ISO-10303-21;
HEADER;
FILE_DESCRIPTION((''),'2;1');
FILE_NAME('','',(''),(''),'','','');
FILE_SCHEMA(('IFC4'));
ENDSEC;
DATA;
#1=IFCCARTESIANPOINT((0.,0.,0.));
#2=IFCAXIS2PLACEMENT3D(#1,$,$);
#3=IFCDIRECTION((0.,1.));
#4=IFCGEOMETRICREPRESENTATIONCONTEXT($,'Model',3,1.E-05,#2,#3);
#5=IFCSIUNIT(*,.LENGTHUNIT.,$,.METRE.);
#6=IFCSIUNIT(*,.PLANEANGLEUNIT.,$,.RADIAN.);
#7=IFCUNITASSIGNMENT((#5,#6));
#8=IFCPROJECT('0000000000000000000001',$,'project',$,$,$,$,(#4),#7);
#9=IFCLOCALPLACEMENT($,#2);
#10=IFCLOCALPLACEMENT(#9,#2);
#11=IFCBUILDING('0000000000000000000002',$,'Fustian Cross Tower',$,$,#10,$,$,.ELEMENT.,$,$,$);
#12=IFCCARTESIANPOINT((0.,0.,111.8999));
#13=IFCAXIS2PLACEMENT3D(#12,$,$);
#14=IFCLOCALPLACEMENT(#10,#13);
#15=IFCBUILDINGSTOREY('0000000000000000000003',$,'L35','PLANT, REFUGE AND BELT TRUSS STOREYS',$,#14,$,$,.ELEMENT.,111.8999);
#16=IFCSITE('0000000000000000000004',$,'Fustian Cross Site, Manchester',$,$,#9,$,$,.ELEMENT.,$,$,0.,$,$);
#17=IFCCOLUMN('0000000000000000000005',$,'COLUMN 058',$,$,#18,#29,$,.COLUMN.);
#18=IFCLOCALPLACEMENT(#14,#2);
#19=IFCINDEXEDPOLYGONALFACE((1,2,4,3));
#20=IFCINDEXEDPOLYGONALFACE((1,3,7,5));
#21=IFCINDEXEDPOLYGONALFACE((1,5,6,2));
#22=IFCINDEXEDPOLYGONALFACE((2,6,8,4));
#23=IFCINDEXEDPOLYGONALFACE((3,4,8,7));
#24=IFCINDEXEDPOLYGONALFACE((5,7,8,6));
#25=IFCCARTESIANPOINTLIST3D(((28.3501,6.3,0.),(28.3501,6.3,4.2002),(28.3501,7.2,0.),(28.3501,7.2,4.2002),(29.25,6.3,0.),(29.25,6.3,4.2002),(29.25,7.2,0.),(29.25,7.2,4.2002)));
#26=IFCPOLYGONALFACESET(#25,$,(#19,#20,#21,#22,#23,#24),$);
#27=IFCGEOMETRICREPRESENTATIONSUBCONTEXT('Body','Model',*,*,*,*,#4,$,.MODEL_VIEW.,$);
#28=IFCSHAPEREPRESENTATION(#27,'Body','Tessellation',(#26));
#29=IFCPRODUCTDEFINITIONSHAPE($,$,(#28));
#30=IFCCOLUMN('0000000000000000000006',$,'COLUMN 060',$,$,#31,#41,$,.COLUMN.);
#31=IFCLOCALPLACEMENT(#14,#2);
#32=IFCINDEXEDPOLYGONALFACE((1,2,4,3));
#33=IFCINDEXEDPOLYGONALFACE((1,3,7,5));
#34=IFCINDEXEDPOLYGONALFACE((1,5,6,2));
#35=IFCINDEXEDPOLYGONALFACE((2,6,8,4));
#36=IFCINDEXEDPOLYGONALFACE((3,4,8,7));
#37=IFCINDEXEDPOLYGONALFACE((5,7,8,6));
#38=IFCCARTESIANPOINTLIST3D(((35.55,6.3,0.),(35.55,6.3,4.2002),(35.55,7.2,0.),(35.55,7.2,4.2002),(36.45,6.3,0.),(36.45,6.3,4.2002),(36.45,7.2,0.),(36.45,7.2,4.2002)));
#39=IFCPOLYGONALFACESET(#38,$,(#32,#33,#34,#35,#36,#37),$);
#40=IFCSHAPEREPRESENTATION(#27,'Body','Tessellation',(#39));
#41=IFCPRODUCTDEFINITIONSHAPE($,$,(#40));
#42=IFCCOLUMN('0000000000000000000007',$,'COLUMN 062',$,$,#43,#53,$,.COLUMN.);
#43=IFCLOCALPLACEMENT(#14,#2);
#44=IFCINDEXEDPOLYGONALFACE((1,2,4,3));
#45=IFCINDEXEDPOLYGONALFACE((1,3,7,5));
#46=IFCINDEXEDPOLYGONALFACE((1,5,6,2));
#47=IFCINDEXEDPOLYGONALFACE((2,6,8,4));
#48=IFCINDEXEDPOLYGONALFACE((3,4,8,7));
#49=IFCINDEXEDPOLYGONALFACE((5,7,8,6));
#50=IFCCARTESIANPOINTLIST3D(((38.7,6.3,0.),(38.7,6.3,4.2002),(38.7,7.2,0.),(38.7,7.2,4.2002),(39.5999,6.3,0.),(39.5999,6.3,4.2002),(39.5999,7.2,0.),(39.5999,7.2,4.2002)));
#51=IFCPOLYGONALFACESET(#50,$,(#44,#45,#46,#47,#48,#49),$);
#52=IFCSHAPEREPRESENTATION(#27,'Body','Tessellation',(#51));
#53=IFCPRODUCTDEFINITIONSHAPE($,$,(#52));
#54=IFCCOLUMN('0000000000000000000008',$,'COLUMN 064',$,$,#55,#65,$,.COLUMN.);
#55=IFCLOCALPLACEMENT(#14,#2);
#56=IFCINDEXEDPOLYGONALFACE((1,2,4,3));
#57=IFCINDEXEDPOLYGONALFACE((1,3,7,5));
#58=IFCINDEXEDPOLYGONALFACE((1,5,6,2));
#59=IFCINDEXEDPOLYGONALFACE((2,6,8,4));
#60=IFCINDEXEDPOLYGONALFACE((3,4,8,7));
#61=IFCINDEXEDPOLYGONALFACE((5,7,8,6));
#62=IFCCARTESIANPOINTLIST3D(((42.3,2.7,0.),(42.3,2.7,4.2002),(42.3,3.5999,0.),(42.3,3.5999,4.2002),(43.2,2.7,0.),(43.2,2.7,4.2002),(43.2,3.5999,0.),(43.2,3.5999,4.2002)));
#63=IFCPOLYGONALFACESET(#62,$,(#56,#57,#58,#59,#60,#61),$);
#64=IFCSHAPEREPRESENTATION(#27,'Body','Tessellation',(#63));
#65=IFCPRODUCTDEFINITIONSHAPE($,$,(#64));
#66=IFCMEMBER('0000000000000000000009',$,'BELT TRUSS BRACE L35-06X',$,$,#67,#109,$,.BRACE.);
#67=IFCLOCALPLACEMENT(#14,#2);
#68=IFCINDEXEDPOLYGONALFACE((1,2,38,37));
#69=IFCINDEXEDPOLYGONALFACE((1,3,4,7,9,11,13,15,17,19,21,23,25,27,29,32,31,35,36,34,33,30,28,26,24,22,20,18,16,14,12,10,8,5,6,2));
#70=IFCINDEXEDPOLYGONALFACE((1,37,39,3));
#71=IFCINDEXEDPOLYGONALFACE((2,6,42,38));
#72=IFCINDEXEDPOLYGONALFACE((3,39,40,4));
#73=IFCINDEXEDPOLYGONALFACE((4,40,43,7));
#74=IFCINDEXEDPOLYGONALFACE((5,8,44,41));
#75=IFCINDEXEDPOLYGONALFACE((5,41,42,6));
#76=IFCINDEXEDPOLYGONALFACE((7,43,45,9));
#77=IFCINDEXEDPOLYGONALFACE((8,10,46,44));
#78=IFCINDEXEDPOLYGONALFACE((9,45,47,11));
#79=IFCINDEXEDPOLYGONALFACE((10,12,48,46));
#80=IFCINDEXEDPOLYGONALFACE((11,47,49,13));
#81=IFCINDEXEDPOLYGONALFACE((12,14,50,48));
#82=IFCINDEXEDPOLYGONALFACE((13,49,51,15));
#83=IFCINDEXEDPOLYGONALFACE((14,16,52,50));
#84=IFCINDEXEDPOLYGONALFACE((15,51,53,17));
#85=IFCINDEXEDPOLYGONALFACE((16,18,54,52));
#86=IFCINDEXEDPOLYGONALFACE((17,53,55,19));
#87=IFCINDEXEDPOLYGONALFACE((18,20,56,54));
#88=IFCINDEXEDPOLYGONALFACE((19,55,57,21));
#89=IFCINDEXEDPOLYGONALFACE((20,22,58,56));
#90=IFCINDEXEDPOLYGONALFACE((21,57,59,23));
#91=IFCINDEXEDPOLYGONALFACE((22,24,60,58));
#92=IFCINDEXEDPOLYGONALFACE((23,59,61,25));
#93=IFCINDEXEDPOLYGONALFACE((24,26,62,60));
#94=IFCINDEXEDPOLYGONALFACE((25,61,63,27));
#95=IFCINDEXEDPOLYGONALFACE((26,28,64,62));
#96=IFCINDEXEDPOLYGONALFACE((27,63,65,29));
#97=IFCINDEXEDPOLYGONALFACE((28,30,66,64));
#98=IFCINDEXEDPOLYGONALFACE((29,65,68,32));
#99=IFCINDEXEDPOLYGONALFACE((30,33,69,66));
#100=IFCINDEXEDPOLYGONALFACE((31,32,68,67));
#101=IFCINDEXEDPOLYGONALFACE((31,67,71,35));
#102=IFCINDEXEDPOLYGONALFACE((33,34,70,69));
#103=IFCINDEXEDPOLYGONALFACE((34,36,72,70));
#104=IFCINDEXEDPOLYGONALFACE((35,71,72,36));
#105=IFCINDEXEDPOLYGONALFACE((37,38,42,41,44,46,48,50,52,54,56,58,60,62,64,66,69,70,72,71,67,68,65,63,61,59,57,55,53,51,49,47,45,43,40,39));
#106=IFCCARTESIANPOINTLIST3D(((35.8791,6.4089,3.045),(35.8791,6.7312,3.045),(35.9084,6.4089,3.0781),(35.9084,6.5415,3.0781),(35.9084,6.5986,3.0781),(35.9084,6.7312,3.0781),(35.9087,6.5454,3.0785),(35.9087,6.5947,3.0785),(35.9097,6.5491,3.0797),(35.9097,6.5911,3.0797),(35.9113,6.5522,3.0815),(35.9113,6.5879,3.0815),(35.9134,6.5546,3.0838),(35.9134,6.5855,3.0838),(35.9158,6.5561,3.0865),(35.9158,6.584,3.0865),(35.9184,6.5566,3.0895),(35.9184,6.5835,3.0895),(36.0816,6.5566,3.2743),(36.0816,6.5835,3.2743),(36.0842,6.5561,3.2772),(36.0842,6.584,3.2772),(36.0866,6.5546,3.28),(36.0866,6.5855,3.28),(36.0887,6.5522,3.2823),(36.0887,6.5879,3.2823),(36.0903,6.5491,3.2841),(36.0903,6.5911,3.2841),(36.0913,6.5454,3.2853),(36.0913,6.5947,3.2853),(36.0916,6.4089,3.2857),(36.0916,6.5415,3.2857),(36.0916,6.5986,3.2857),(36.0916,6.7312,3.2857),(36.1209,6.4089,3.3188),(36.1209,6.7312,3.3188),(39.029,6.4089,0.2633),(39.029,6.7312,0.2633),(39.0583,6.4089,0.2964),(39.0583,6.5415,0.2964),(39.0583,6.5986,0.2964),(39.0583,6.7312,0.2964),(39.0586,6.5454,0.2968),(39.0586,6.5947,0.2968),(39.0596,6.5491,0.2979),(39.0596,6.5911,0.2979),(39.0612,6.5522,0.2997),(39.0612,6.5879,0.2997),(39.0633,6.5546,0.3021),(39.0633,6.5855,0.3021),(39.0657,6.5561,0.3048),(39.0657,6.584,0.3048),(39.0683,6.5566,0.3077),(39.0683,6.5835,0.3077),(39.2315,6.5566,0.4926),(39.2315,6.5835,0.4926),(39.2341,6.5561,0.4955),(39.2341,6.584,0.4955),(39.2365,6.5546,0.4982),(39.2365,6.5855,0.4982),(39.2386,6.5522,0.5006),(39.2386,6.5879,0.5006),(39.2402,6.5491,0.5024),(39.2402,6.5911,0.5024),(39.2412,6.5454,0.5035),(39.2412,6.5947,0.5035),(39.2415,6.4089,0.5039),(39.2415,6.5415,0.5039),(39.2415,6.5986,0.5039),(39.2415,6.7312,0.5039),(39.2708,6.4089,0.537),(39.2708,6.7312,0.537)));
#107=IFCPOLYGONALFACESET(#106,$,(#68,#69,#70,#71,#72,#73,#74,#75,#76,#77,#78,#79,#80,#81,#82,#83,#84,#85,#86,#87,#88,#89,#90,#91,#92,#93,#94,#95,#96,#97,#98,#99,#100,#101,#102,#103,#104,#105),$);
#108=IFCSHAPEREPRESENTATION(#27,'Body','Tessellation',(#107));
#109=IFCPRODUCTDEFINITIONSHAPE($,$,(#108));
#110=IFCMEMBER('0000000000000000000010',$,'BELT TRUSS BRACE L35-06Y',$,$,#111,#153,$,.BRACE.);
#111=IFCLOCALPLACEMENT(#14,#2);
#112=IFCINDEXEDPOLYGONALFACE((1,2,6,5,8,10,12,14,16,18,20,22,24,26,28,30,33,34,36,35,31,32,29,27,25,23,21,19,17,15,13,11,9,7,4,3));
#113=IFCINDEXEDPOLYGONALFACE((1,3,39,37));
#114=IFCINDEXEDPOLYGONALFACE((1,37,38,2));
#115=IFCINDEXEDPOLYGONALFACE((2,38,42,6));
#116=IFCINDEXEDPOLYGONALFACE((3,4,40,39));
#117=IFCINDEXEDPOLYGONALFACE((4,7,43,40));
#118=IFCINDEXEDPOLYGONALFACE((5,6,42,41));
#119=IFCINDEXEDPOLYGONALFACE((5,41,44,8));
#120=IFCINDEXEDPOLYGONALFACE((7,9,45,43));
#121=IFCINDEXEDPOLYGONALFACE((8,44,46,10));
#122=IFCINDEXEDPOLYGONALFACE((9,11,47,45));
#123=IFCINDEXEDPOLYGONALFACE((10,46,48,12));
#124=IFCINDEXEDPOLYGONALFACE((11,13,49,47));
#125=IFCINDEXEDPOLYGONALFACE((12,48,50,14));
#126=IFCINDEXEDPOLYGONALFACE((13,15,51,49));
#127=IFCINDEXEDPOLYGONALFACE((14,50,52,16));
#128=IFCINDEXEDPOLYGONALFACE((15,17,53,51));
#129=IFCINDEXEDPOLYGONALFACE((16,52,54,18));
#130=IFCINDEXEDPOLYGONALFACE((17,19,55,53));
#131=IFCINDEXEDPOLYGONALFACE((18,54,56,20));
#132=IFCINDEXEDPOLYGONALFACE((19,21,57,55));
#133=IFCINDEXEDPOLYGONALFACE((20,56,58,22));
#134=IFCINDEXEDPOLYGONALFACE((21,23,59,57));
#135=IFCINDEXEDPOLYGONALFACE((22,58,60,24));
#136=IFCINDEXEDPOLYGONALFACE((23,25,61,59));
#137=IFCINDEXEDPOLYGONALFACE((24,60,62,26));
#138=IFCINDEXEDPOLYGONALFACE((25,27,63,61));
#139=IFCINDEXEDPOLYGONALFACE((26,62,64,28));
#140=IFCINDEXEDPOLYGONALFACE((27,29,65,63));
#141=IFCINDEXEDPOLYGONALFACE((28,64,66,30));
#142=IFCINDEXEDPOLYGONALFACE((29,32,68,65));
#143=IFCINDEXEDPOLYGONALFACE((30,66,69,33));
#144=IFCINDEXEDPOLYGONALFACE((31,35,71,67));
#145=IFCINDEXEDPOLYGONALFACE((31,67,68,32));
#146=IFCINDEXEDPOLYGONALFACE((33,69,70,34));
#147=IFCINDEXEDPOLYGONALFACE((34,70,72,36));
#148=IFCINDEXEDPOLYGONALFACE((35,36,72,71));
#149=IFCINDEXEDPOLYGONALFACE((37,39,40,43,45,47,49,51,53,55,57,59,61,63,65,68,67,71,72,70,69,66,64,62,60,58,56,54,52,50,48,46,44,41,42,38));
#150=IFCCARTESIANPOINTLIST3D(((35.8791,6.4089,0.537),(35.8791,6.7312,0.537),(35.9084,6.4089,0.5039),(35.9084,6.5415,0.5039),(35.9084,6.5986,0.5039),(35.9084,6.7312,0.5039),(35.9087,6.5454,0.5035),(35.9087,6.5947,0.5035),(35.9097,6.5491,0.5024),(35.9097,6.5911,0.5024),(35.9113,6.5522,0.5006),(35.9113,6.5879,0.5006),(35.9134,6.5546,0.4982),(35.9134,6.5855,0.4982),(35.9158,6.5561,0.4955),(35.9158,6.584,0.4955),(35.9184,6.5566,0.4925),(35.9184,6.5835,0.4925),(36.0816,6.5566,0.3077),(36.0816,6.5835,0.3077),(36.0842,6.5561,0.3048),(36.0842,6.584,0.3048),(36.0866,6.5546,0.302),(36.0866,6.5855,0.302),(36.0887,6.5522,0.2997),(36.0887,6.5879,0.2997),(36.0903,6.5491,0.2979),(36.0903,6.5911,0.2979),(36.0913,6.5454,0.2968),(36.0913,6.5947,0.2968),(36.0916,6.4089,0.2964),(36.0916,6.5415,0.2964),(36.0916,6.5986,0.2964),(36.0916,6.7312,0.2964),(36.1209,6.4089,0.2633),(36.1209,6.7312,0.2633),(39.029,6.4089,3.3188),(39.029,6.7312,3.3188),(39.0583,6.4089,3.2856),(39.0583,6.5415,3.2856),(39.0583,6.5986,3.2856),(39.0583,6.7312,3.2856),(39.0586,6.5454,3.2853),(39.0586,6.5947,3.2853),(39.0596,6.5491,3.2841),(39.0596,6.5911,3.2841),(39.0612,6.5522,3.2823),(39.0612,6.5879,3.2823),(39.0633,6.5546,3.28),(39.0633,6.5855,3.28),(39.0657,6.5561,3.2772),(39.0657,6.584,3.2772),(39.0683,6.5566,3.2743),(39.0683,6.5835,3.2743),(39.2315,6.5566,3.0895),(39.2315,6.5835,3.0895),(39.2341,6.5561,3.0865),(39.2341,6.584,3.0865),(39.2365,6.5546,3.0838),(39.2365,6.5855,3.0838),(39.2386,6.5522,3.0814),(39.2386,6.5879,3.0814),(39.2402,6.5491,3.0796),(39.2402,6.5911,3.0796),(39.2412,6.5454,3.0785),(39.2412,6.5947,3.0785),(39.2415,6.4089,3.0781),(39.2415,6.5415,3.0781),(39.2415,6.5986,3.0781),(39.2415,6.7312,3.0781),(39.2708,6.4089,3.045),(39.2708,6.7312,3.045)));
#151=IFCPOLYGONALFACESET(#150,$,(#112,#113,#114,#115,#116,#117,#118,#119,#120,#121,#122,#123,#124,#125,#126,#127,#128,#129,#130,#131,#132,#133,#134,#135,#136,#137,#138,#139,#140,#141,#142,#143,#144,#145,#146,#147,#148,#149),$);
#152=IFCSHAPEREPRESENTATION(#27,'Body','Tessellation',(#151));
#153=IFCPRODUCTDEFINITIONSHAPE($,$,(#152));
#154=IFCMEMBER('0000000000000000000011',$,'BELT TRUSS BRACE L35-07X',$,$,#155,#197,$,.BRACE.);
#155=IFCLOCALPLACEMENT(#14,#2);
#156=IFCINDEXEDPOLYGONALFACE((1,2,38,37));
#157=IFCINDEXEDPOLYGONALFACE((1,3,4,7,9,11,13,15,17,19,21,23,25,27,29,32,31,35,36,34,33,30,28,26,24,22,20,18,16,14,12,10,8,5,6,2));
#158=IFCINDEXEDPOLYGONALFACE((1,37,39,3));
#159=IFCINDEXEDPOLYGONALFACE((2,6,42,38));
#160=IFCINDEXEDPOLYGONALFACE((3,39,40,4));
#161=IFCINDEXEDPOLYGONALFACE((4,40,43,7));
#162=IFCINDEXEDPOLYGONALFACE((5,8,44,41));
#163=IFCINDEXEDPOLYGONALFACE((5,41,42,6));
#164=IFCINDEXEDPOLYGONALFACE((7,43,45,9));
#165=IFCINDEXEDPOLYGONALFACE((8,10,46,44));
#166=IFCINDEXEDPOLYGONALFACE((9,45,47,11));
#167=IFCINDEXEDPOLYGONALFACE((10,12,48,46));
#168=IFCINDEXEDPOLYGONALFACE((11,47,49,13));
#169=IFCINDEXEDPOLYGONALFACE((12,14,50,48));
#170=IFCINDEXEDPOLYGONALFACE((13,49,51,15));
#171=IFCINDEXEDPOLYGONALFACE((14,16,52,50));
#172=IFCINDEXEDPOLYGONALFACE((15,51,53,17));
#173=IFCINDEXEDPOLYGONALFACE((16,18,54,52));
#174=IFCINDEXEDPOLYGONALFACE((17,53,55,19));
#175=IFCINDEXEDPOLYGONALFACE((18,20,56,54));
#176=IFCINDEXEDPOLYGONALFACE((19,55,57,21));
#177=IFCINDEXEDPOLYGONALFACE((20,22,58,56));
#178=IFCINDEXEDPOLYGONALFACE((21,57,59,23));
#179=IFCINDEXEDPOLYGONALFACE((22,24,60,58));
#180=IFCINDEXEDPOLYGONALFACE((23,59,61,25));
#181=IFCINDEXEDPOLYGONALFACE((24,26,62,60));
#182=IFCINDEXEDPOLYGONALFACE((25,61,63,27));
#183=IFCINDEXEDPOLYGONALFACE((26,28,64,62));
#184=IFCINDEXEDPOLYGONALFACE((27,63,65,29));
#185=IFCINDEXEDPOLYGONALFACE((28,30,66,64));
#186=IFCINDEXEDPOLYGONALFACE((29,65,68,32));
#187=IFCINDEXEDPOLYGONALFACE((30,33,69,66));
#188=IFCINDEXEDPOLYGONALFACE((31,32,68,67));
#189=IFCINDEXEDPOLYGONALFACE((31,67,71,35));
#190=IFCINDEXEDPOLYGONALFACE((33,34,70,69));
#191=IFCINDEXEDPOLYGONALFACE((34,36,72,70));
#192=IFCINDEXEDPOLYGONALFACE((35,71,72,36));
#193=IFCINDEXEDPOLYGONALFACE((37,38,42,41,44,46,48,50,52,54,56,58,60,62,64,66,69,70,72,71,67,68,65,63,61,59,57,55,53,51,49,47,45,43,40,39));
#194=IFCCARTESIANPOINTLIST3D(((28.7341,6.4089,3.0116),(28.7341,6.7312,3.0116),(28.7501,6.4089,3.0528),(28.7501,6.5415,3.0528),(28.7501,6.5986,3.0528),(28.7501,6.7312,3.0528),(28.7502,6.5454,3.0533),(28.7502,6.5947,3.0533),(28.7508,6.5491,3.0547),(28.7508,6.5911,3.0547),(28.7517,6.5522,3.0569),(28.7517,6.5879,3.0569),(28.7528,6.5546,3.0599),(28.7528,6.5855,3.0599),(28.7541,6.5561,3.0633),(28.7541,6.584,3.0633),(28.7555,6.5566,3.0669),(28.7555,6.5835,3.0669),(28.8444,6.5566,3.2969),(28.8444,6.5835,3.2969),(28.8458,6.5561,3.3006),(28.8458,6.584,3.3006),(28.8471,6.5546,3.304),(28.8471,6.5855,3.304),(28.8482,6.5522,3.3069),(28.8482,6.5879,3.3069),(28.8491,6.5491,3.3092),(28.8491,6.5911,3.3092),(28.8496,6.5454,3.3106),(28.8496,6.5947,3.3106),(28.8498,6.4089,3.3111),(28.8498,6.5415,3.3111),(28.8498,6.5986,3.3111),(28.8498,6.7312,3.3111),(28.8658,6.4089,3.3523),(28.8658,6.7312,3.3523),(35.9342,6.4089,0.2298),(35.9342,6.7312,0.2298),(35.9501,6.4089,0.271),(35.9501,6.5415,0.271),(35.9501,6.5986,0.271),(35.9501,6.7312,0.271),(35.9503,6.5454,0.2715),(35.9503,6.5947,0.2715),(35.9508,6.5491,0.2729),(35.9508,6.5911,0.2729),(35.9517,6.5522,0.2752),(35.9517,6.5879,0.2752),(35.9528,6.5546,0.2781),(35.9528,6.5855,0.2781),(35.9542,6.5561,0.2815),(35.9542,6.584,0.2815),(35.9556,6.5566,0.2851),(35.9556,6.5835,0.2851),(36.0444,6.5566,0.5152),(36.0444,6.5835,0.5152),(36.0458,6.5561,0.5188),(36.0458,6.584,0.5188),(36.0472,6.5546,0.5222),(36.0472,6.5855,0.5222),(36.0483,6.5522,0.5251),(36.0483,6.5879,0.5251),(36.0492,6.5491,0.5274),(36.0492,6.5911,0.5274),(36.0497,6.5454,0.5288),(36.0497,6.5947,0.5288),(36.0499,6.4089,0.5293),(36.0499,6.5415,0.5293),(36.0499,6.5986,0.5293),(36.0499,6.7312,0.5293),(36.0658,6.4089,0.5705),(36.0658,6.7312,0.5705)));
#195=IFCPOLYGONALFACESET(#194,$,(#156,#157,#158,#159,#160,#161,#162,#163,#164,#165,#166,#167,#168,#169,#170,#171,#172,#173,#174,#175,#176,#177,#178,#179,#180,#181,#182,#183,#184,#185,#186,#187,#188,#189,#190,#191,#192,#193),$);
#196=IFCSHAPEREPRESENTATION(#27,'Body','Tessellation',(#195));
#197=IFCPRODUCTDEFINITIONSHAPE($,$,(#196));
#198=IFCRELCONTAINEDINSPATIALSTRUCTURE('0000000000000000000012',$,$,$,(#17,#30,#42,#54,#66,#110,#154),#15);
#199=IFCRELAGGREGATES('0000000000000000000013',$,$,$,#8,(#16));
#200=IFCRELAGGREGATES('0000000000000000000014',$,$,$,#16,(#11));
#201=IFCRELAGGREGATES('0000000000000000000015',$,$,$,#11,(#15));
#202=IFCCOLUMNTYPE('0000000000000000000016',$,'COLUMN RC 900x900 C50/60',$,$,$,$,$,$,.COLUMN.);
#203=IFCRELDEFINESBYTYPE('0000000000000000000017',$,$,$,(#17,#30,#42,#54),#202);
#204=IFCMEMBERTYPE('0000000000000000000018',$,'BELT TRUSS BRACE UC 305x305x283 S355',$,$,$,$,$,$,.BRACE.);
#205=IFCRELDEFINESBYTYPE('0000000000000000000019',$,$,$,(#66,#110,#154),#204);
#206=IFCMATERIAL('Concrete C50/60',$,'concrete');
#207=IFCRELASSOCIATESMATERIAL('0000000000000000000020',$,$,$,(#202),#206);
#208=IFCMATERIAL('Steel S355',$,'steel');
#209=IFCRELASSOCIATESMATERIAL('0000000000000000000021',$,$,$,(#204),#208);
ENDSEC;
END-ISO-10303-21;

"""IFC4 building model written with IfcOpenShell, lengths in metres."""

from ifc_helpers import new_model, si_unit, direction, frame, origin, origin_2d, place, context, subcontext, project, spatial, rectangle, i_section, extrude, material, material_profile, profile_set, type_object, element, save


model = new_model("IFC4")

# Units and contexts
model_context = context("Model", 3, precision=1e-05, world=origin(), true_north=direction((0.0, 1.0)))
body_context = subcontext(model_context, "Body", "Model", "MODEL_VIEW")
ifc_project = project(units=[si_unit("LENGTHUNIT", "METRE"), si_unit("PLANEANGLEUNIT", "RADIAN")], contexts=[model_context])

# Site, building, storey
site_placement = place(None, origin())
site = spatial("IfcSite", under=ifc_project, at=site_placement, Name="Fustian Cross Site, Manchester", CompositionType="ELEMENT", RefElevation=0.0)
building_placement = place(site_placement, origin())
building = spatial("IfcBuilding", under=site, at=building_placement, Name="Fustian Cross Tower", CompositionType="ELEMENT")
storey_placement = place(building_placement, frame((0.0, 0.0, 111.8999)))
storey = spatial("IfcBuildingStorey", under=building, at=storey_placement, Name="L35", Description="PLANT, REFUGE AND BELT TRUSS STOREYS", CompositionType="ELEMENT", Elevation=111.8999)

# Columns
ifc_material_1 = material(Name="Concrete C50/60", Category="concrete")
ifc_material_profile_1 = material_profile(ifc_material_1, rectangle(XDim=0.8999, YDim=0.8999, at=origin_2d()), Name="RC 900x900")
ifc_profile_set_1 = profile_set([ifc_material_profile_1], Name="Concrete C50/60")
column_type = type_object("IfcColumnType", Name="COLUMN RC 900x900 C50/60", PredefinedType="COLUMN", material=ifc_profile_set_1)
for number, where, z_axis, x_axis, name in (
    (1, (28.8, 6.75, 0.0), (0.0, 0.0, 1.0), (1.0, 0.0, 0.0), "COLUMN 058"),
    (2, (36.0, 6.75, 0.0), (0.0, 0.0, 1.0), (1.0, 0.0, 0.0), "COLUMN 060"),
    (3, (39.1499, 6.75, 0.0), (0.0, 0.0, 1.0), (1.0, 0.0, 0.0), "COLUMN 062"),
    (4, (42.75, 3.1499, 0.0), (0.0, 0.0, 1.0), (1.0, 0.0, 0.0), "COLUMN 064"),
):
    element("IfcColumn", number, at=place(storey_placement, frame(where, z_axis=z_axis, x_axis=x_axis)), inside=storey, type_object=column_type, Name=name, PredefinedType="COLUMN", context=body_context, shape_type="SweptSolid", body=[
        extrude(rectangle(XDim=0.8999, YDim=0.8999, at=origin_2d()), origin(), (0.0, 0.0, 1.0), 4.2002),
    ])

# Members
ifc_material_2 = material(Name="Steel S355", Category="steel")
ifc_material_profile_2 = material_profile(ifc_material_2, i_section(OverallWidth=0.3223, OverallDepth=0.3652, WebThickness=0.0269, FlangeThickness=0.0442, FilletRadius=0.0151, at=origin_2d()), Name="UC 305x305x283")
ifc_profile_set_2 = profile_set([ifc_material_profile_2], Name="Steel S355")
member_type_1 = type_object("IfcMemberType", Name="BELT TRUSS BRACE UC 305x305x283 S355", PredefinedType="BRACE", material=ifc_profile_set_2)
for number, where, z_axis, x_axis, name in (
    (5, (39.1499, 6.5701, 0.4001), (-0.749553, 0.0, 0.661944), (0.0, -1.0, 0.0), "BELT TRUSS BRACE L35-06X"),
    (6, (39.1499, 6.5701, 3.1819), (-0.749553, 0.0, -0.661944), (0.0, -1.0, 0.0), "BELT TRUSS BRACE L35-06Y"),
):
    element("IfcMember", number, at=place(storey_placement, frame(where, z_axis=z_axis, x_axis=x_axis)), inside=storey, type_object=member_type_1, Name=name, PredefinedType="BRACE", context=body_context, shape_type="SweptSolid", body=[
        extrude(i_section(OverallWidth=0.3223, OverallDepth=0.3652, WebThickness=0.0269, FlangeThickness=0.0442, FilletRadius=0.0151, at=origin_2d()), origin(), (0.0, 0.0, 1.0), 4.2024),
    ])
for number, where, z_axis, x_axis, name in (
    (7, (36.0, 6.5701, 0.4001), (-0.932801, 0.0, 0.360392), (0.0, -1.0, 0.0), "BELT TRUSS BRACE L35-07X"),
):
    element("IfcMember", number, at=place(storey_placement, frame(where, z_axis=z_axis, x_axis=x_axis)), inside=storey, type_object=member_type_1, Name=name, PredefinedType="BRACE", context=body_context, shape_type="SweptSolid", body=[
        extrude(i_section(OverallWidth=0.3223, OverallDepth=0.3652, WebThickness=0.0269, FlangeThickness=0.0442, FilletRadius=0.0151, at=origin_2d()), origin(), (0.0, 0.0, 1.0), 7.7188),
    ])

save(model, "model.ifc")
